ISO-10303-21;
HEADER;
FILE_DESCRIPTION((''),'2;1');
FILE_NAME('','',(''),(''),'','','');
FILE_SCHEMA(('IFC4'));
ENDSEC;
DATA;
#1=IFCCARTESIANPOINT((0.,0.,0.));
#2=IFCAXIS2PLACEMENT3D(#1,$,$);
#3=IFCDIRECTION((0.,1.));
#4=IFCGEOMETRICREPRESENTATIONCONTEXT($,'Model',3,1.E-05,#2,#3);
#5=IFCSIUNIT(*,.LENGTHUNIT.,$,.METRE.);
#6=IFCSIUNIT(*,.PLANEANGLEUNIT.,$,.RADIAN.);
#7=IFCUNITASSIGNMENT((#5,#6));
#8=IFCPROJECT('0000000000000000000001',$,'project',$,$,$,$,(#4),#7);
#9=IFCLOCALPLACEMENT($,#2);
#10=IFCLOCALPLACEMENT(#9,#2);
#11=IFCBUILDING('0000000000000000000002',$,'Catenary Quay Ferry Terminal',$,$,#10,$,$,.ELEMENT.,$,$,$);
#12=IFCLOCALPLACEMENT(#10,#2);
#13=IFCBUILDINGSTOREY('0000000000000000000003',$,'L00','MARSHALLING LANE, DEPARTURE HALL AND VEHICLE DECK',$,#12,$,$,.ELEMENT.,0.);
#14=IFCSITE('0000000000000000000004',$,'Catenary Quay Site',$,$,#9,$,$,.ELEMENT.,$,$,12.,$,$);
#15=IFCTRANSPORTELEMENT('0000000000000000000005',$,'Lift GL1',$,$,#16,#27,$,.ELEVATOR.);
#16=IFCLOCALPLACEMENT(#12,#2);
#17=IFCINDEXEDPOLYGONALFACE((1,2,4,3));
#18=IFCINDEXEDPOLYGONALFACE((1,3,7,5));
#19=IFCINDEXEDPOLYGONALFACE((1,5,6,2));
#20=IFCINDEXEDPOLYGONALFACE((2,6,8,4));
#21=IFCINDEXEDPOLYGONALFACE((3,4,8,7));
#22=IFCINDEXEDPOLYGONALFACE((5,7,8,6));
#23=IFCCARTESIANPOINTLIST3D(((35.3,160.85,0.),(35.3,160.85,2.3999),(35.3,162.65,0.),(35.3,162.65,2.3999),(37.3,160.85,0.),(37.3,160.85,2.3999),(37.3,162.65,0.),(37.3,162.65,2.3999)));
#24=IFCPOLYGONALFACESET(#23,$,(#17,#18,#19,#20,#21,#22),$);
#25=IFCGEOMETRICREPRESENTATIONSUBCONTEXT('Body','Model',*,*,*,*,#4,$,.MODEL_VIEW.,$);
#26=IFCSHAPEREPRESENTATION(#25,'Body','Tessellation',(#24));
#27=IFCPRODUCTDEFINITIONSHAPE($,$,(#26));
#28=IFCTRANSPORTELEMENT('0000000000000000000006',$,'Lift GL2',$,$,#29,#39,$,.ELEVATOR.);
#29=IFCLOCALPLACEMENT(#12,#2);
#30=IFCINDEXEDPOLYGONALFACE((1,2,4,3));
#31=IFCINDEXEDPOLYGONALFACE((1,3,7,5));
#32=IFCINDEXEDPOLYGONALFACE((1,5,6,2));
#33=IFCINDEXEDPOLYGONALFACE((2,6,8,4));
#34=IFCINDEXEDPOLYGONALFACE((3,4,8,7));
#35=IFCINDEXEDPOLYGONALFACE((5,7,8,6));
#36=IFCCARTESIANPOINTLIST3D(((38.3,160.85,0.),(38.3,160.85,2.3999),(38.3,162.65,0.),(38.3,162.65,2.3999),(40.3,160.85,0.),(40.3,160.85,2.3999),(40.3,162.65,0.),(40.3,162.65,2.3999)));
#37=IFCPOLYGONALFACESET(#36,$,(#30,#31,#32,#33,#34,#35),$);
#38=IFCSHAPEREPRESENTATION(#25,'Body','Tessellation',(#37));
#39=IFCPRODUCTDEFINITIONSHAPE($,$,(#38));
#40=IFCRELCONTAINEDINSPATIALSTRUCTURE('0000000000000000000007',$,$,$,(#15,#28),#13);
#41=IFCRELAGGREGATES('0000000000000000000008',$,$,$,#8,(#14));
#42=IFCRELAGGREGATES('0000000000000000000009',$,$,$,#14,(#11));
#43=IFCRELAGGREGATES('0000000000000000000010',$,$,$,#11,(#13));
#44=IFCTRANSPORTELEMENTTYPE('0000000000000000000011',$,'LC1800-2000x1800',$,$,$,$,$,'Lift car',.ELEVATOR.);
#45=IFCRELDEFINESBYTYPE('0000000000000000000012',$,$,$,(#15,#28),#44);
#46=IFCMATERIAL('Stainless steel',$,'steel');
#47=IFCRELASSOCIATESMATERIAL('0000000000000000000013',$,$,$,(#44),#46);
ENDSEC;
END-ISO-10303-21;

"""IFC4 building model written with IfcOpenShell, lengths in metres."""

from ifc_helpers import new_model, si_unit, direction, frame, origin, origin_2d, place, context, subcontext, project, spatial, rectangle, extrude, material, type_object, element, save


model = new_model("IFC4")

# Units and contexts
model_context = context("Model", 3, precision=1e-05, world=origin(), true_north=direction((0.0, 1.0)))
body_context = subcontext(model_context, "Body", "Model", "MODEL_VIEW")
ifc_project = project(units=[si_unit("LENGTHUNIT", "METRE"), si_unit("PLANEANGLEUNIT", "RADIAN")], contexts=[model_context])

# Site, building, storey
site_placement = place(None, origin())
site = spatial("IfcSite", under=ifc_project, at=site_placement, Name="Catenary Quay Site", CompositionType="ELEMENT", RefElevation=12.0)
building_placement = place(site_placement, origin())
building = spatial("IfcBuilding", under=site, at=building_placement, Name="Catenary Quay Ferry Terminal", CompositionType="ELEMENT")
storey_placement = place(building_placement, origin())
storey = spatial("IfcBuildingStorey", under=building, at=storey_placement, Name="L00", Description="MARSHALLING LANE, DEPARTURE HALL AND VEHICLE DECK", CompositionType="ELEMENT", Elevation=0.0)

# Transport elements
ifc_material_1 = material(Name="Stainless steel", Category="steel")
transport_element_type = type_object("IfcTransportElementType", Name="LC1800-2000x1800", ElementType="Lift car", PredefinedType="ELEVATOR", material=ifc_material_1)
for number, where, z_axis, x_axis, name in (
    (1, (36.3, 161.75, 0.0), (0.0, 0.0, 1.0), (1.0, 0.0, 0.0), "Lift GL1"),
    (2, (39.3, 161.75, 0.0), (0.0, 0.0, 1.0), (1.0, 0.0, 0.0), "Lift GL2"),
):
    element("IfcTransportElement", number, at=place(storey_placement, frame(where, z_axis=z_axis, x_axis=x_axis)), inside=storey, type_object=transport_element_type, Name=name, PredefinedType="ELEVATOR", context=body_context, shape_type="SweptSolid", body=[
        extrude(rectangle(XDim=2.0, YDim=1.8, at=origin_2d()), origin(), (0.0, 0.0, 1.0), 2.3999),
    ])

save(model, "model.ifc")
